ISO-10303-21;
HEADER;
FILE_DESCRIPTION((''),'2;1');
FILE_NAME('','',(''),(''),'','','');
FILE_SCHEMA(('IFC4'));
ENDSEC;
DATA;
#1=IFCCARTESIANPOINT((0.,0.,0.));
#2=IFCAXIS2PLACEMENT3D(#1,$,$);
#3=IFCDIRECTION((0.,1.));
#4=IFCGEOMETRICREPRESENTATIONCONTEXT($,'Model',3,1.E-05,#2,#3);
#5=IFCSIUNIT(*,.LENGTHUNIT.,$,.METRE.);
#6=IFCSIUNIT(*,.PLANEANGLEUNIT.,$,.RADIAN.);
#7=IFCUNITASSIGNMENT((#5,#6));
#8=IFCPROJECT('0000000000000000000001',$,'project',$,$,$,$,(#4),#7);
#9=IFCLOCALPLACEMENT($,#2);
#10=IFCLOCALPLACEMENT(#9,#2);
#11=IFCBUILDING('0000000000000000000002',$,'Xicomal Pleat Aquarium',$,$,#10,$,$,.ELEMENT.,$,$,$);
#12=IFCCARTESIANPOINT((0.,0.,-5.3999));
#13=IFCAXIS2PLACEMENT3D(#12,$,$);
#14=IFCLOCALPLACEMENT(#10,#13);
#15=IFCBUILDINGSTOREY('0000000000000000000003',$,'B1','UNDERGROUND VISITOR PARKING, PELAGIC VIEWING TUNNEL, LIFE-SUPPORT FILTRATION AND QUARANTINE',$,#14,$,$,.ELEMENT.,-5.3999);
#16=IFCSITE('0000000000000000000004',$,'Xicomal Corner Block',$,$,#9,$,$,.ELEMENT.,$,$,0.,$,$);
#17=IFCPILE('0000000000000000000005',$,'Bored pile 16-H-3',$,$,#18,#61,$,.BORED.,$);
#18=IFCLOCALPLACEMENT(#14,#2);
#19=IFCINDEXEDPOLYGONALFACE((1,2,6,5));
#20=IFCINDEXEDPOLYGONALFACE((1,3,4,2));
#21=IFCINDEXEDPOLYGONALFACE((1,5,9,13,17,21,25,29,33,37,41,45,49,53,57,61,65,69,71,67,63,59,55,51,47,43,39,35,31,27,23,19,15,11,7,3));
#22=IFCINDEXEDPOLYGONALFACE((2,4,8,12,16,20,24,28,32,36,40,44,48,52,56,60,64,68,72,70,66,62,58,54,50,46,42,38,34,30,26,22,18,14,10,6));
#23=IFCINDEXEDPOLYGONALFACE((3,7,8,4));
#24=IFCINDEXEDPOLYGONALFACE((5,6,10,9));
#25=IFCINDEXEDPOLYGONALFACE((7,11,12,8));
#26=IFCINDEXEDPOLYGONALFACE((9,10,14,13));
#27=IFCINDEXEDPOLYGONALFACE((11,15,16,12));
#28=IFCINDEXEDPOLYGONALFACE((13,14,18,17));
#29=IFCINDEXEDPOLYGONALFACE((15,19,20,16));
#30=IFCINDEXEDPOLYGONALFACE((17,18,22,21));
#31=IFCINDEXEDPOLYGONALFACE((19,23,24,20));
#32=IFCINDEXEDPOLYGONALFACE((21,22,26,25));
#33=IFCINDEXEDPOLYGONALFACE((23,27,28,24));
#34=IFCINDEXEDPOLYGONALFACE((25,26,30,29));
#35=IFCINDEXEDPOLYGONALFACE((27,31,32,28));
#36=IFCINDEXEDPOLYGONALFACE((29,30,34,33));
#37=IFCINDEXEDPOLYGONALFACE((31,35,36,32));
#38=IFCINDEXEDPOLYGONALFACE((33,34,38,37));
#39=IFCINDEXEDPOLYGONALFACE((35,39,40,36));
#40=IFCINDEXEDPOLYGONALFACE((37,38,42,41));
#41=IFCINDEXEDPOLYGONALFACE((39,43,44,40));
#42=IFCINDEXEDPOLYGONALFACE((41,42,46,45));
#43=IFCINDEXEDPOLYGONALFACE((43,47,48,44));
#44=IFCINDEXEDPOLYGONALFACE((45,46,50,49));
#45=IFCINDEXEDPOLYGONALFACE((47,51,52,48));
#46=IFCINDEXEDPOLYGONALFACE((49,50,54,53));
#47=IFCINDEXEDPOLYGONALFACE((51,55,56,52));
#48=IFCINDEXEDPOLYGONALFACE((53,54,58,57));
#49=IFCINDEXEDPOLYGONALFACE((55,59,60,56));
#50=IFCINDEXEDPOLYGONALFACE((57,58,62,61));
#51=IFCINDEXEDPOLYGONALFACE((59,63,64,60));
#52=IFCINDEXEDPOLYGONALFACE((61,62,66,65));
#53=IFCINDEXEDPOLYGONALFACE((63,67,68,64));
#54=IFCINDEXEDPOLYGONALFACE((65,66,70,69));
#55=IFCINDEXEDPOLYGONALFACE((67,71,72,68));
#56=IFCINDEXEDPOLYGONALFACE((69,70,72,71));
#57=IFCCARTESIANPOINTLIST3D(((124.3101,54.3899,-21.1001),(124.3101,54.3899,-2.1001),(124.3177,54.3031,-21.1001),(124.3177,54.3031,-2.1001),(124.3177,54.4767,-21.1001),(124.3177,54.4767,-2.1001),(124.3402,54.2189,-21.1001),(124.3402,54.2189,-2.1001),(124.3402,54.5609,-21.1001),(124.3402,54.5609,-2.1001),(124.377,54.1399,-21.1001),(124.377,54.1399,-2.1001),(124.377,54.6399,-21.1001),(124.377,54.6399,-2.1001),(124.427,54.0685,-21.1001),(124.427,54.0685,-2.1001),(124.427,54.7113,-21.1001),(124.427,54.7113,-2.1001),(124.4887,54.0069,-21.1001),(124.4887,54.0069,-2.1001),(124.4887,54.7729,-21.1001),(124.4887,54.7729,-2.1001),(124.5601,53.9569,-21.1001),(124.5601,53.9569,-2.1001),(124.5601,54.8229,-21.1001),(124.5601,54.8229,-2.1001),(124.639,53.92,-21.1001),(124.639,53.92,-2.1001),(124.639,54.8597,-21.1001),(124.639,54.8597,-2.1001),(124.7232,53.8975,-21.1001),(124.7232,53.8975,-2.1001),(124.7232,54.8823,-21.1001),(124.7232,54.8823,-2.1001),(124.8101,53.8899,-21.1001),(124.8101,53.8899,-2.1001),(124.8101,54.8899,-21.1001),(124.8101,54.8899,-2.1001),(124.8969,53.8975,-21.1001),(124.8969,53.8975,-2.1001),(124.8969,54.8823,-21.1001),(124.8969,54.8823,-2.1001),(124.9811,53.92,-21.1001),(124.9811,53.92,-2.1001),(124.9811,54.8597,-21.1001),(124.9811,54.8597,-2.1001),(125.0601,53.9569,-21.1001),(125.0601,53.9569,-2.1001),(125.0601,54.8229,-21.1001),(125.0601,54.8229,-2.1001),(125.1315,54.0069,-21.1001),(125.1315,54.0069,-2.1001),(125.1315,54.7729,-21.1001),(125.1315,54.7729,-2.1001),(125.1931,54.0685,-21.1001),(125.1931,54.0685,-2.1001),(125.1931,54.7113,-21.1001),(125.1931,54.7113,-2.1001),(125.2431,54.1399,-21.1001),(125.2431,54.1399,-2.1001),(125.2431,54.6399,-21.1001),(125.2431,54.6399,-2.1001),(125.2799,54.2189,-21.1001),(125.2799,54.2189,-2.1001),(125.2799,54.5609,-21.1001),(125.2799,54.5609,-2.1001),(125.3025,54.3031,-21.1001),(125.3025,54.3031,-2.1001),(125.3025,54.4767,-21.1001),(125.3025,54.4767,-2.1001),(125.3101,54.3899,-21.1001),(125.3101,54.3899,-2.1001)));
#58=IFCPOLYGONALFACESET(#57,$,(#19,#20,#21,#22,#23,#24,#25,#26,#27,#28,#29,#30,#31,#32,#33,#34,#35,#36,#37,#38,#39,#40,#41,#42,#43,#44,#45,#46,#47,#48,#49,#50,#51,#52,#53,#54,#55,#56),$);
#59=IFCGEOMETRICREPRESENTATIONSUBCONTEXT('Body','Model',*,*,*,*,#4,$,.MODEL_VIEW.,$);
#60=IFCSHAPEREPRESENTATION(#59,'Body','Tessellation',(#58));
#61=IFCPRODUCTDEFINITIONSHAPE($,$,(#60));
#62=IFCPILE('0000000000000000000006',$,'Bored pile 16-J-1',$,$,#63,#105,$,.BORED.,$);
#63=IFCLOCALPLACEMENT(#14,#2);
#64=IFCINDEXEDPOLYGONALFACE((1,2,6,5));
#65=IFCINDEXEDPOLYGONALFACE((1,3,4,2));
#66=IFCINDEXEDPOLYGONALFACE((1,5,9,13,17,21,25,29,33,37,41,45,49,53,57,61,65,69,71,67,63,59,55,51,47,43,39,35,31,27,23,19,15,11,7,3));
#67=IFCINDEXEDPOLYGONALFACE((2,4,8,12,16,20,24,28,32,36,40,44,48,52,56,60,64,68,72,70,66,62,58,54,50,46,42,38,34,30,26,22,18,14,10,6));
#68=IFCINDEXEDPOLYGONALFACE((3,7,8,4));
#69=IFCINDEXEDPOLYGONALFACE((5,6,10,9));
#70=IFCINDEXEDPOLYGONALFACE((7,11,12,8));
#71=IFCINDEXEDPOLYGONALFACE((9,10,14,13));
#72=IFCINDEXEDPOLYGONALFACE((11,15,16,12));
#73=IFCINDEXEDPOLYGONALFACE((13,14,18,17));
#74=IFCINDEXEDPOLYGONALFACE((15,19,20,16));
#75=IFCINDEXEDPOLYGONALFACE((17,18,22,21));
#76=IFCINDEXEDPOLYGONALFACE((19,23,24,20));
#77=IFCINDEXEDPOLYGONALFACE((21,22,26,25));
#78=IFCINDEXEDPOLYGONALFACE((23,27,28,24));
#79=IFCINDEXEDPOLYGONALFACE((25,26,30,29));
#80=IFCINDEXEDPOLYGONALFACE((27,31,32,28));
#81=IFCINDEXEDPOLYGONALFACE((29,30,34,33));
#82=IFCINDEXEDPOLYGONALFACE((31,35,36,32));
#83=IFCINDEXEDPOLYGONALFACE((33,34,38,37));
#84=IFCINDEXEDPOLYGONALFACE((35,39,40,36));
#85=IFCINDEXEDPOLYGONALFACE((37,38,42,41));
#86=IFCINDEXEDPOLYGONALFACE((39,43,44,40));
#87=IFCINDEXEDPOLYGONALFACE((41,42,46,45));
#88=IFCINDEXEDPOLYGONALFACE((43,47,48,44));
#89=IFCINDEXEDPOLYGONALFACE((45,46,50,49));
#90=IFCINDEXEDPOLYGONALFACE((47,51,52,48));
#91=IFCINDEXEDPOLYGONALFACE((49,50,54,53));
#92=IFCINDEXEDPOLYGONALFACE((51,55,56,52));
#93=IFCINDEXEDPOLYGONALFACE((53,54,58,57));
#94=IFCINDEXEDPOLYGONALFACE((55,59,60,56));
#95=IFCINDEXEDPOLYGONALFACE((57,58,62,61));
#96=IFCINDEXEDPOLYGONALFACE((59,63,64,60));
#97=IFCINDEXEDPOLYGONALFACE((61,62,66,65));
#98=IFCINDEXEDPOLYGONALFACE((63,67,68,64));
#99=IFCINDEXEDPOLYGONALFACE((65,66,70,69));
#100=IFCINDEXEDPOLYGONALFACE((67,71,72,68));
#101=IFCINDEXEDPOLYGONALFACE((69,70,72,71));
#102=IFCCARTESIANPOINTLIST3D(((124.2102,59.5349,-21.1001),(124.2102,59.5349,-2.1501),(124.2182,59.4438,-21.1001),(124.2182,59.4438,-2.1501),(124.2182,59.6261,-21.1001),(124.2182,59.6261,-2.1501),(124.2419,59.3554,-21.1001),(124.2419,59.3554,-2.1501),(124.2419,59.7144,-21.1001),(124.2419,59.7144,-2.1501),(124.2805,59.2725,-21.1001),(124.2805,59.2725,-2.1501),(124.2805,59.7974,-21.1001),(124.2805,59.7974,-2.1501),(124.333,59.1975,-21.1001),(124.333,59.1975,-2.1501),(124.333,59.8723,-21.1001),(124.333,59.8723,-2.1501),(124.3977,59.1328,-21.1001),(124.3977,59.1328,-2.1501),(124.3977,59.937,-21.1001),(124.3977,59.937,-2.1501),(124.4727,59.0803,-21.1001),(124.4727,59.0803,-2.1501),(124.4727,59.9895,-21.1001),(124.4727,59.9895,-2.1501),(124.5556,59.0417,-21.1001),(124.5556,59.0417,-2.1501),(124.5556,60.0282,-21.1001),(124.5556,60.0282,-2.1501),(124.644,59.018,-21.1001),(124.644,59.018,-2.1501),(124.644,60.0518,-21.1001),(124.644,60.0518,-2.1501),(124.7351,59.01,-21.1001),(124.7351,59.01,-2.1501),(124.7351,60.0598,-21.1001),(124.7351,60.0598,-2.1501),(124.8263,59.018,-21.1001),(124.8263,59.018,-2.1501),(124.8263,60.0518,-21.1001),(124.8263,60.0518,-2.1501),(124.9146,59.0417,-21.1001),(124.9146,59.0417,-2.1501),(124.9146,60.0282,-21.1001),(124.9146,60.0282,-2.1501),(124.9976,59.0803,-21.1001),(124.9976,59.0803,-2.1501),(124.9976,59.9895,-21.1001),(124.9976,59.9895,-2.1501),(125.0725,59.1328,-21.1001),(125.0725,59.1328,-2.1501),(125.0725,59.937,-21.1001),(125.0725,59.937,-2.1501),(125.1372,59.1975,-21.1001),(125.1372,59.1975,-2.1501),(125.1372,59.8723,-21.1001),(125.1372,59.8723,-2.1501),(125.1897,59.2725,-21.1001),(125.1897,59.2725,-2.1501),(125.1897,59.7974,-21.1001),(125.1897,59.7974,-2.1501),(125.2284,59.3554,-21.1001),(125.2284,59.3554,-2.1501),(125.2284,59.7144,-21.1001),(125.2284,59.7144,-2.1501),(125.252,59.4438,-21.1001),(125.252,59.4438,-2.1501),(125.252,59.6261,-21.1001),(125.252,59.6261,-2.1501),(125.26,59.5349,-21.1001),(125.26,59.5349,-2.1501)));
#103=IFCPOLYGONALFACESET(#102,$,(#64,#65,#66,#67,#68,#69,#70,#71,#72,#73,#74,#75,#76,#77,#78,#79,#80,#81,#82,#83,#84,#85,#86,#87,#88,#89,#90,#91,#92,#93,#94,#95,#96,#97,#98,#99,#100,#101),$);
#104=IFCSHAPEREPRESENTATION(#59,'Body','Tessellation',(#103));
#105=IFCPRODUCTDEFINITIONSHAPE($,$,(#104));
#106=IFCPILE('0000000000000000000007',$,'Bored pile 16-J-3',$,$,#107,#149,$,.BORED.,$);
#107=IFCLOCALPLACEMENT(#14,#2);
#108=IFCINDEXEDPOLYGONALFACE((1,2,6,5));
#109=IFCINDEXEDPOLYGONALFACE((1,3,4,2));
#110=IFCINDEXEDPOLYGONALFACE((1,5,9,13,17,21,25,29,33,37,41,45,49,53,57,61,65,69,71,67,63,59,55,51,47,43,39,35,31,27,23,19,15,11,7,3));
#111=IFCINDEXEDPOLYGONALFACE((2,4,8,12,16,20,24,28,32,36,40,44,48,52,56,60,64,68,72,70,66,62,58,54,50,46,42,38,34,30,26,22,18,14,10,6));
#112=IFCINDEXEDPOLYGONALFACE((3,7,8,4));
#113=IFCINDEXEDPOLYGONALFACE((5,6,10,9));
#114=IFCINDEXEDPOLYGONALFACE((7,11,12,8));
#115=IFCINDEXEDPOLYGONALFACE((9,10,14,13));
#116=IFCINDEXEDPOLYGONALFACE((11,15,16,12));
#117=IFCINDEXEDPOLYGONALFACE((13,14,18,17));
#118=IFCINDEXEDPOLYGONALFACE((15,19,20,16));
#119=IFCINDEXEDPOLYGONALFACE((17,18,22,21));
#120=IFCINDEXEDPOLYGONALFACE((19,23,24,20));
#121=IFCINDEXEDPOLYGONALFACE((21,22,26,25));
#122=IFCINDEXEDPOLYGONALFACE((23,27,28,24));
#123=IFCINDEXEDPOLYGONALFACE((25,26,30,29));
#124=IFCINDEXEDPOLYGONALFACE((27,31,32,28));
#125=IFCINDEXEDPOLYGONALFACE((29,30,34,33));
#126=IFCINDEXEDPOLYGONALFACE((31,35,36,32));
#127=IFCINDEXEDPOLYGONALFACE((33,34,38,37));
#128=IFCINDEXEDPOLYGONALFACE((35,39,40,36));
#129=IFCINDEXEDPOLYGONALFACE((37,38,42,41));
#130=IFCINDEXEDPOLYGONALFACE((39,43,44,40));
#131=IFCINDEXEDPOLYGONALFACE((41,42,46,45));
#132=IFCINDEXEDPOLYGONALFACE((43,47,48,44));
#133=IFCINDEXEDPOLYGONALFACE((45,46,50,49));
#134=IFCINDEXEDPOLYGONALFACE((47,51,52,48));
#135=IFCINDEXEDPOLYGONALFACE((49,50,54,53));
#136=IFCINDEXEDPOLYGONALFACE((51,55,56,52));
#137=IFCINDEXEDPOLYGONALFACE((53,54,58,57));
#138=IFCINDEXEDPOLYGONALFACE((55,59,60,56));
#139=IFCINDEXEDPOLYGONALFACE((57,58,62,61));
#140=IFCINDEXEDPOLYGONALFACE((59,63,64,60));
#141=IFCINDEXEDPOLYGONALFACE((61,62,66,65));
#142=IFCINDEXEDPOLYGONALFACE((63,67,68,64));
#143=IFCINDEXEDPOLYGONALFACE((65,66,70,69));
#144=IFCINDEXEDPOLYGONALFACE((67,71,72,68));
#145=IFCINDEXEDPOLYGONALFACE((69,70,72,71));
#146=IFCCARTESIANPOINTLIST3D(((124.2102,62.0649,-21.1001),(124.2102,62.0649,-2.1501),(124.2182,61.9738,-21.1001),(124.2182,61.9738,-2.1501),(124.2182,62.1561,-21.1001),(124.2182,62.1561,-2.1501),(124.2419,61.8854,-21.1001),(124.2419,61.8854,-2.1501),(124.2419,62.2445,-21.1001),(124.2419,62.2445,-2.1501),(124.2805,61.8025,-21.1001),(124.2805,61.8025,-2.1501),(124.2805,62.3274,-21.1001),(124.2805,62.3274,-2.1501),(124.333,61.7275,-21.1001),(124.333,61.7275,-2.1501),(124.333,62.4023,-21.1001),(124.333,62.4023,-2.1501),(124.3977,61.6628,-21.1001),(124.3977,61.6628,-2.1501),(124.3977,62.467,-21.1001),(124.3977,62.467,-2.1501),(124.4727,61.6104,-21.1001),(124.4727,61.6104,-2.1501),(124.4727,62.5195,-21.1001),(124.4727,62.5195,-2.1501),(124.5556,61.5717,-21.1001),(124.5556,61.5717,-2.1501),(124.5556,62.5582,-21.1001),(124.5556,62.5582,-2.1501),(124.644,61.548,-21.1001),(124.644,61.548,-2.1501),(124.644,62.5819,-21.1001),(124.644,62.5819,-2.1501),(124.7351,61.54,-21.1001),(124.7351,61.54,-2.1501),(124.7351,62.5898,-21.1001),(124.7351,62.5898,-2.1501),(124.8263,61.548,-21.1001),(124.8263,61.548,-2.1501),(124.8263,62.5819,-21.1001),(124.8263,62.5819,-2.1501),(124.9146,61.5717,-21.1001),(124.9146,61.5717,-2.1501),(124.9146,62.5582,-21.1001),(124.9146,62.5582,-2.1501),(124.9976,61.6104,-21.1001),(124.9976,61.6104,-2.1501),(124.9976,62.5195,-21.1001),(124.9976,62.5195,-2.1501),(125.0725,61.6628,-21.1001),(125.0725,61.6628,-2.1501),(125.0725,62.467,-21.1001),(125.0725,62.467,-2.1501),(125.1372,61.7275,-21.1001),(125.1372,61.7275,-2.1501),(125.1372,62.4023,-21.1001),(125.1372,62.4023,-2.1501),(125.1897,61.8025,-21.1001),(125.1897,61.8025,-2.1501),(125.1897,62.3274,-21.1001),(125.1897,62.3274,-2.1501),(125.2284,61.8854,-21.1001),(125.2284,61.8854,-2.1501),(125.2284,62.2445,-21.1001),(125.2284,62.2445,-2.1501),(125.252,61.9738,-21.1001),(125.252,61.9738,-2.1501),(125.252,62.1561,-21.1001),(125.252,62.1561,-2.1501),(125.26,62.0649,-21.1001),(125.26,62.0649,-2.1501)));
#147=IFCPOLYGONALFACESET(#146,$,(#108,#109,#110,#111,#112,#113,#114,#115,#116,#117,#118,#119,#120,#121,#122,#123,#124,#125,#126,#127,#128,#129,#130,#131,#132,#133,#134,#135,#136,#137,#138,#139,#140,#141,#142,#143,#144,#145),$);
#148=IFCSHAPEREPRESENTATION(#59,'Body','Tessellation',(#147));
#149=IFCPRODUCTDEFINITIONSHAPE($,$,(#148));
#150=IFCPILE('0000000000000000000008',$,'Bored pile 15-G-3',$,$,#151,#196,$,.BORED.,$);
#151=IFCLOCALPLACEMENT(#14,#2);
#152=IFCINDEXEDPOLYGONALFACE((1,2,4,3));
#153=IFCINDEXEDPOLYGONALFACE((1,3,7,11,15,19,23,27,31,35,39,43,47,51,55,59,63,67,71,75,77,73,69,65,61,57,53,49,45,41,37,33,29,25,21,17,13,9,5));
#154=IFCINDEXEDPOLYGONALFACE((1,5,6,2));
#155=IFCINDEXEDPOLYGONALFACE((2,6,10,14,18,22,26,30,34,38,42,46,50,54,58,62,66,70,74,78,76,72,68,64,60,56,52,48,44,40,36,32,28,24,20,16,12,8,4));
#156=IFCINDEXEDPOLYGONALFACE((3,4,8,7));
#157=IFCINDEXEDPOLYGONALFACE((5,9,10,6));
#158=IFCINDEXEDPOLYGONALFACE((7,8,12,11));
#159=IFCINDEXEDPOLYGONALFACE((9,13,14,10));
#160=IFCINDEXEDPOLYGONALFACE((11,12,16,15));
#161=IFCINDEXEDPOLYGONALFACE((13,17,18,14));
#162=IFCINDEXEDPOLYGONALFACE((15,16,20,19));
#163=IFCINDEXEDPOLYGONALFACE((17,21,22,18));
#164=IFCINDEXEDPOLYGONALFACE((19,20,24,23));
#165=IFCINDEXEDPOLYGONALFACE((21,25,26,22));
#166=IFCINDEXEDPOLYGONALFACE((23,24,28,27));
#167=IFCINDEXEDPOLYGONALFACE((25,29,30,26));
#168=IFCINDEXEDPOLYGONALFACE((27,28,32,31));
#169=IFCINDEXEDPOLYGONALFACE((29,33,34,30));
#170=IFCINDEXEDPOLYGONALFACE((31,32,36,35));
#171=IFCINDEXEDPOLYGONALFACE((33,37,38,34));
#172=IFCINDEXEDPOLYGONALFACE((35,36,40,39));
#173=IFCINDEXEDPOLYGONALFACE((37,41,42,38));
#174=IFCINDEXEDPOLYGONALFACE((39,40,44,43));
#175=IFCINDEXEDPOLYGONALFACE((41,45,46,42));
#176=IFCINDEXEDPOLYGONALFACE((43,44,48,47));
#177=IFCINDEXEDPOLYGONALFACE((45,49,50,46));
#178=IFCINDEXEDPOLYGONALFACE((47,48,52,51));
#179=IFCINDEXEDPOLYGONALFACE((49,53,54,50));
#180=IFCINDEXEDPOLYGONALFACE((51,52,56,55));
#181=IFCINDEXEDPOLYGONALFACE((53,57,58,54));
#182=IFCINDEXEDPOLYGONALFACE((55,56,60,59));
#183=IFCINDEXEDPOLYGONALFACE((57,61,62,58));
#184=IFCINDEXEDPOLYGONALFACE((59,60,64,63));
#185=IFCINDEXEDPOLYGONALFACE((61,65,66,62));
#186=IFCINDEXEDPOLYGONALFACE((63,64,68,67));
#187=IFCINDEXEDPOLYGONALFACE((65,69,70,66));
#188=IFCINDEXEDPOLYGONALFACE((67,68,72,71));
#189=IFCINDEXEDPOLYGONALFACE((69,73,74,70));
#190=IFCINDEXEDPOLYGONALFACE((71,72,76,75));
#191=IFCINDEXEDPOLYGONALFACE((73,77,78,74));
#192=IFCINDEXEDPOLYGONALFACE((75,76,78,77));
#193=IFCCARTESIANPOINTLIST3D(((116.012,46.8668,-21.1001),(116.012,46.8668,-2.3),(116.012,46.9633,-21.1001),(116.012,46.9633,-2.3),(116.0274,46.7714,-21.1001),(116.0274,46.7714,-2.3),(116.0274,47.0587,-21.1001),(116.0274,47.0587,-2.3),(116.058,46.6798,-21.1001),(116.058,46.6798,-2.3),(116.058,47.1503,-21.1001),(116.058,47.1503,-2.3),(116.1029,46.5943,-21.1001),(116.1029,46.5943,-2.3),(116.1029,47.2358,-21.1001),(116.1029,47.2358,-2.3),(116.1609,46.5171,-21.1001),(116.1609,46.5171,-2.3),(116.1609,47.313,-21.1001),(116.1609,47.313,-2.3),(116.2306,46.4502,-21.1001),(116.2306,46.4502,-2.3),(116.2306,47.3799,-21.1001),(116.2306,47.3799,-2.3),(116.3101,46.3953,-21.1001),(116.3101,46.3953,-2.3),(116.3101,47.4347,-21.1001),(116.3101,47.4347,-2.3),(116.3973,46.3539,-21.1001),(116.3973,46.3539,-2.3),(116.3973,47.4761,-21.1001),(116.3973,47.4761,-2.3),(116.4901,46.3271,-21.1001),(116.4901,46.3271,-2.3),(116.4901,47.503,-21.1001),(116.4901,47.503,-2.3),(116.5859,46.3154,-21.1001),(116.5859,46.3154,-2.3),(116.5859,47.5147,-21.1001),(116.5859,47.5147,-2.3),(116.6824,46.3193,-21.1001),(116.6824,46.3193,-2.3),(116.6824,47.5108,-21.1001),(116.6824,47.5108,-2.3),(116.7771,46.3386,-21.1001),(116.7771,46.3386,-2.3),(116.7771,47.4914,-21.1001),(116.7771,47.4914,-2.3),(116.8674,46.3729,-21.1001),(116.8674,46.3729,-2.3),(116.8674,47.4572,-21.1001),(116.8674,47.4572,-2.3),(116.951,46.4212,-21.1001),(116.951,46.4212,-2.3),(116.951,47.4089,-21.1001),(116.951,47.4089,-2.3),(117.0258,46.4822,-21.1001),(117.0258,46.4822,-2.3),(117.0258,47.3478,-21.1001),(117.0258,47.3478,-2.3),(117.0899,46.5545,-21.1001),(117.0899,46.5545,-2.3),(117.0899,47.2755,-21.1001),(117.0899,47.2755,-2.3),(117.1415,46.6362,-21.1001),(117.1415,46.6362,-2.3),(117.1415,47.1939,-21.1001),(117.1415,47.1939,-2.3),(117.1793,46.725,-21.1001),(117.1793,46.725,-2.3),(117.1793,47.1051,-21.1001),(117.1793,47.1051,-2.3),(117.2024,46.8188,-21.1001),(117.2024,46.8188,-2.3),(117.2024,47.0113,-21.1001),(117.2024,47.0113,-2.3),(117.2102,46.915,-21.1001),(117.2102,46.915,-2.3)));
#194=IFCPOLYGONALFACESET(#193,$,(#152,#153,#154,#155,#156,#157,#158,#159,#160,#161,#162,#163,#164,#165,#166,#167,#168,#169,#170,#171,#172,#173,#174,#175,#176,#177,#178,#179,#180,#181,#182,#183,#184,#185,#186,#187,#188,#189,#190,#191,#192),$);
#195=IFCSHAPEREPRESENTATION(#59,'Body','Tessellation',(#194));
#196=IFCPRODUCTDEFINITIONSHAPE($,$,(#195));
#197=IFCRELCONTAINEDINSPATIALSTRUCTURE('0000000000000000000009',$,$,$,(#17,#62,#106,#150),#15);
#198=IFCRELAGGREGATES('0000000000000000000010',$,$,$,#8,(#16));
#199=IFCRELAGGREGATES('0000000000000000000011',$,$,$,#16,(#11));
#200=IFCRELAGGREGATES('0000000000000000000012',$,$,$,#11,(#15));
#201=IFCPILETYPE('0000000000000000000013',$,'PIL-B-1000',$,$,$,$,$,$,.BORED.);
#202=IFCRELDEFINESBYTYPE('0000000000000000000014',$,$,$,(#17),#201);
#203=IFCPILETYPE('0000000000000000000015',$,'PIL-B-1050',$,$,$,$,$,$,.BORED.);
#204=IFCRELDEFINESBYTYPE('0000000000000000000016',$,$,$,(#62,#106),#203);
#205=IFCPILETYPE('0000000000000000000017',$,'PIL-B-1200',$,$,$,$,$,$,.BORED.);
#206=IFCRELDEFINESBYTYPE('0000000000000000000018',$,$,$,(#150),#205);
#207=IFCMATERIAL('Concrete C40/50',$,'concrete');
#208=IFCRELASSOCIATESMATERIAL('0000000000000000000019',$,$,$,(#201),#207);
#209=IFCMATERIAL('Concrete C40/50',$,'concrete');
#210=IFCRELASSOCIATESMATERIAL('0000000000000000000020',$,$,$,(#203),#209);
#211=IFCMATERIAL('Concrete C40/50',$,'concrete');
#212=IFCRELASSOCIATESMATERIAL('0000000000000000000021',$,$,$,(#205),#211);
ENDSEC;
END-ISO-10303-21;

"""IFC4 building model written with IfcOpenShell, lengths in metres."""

from ifc_helpers import new_model, si_unit, direction, frame, origin, origin_2d, place, context, subcontext, project, spatial, circle, extrude, material, material_profile, profile_set, type_object, element, save


model = new_model("IFC4")

# Units and contexts
model_context = context("Model", 3, precision=1e-05, world=origin(), true_north=direction((0.0, 1.0)))
body_context = subcontext(model_context, "Body", "Model", "MODEL_VIEW")
ifc_project = project(units=[si_unit("LENGTHUNIT", "METRE"), si_unit("PLANEANGLEUNIT", "RADIAN")], contexts=[model_context])

# Site, building, storey
site_placement = place(None, origin())
site = spatial("IfcSite", under=ifc_project, at=site_placement, Name="Xicomal Corner Block", CompositionType="ELEMENT", RefElevation=0.0)
building_placement = place(site_placement, origin())
building = spatial("IfcBuilding", under=site, at=building_placement, Name="Xicomal Pleat Aquarium", CompositionType="ELEMENT")
storey_placement = place(building_placement, frame((0.0, 0.0, -5.3999)))
storey = spatial("IfcBuildingStorey", under=building, at=storey_placement, Name="B1", Description="UNDERGROUND VISITOR PARKING, PELAGIC VIEWING TUNNEL, LIFE-SUPPORT FILTRATION AND QUARANTINE", CompositionType="ELEMENT", Elevation=-5.3999)

# Piles
ifc_material_1 = material(Name="Concrete C40/50", Category="concrete")
ifc_material_profile_1 = material_profile(ifc_material_1, circle(Radius=0.5, at=origin_2d()), Name="BORED PILE D1000")
ifc_profile_set_1 = profile_set([ifc_material_profile_1], Name="Concrete C40/50")
pile_type_1 = type_object("IfcPileType", Name="PIL-B-1000", PredefinedType="BORED", material=ifc_profile_set_1)
for number, where, z_axis, x_axis, name in (
    (1, (124.8101, 54.3899, -2.1001), (0.0, 0.0, -1.0), (1.0, 0.0, 0.0), "Bored pile 16-H-3"),
):
    element("IfcPile", number, at=place(storey_placement, frame(where, z_axis=z_axis, x_axis=x_axis)), inside=storey, type_object=pile_type_1, Name=name, PredefinedType="BORED", context=body_context, shape_type="SweptSolid", body=[
        extrude(circle(Radius=0.5, at=origin_2d()), origin(), (0.0, 0.0, 1.0), 19.0),
    ])
ifc_material_2 = material(Name="Concrete C40/50", Category="concrete")
ifc_material_profile_2 = material_profile(ifc_material_2, circle(Radius=0.5249, at=origin_2d()), Name="BORED PILE D1050")
ifc_profile_set_2 = profile_set([ifc_material_profile_2], Name="Concrete C40/50")
pile_type_2 = type_object("IfcPileType", Name="PIL-B-1050", PredefinedType="BORED", material=ifc_profile_set_2)
for number, where, z_axis, x_axis, name in (
    (2, (124.7351, 59.5349, -2.1501), (0.0, 0.0, -1.0), (1.0, 0.0, 0.0), "Bored pile 16-J-1"),
    (3, (124.7351, 62.0649, -2.1501), (0.0, 0.0, -1.0), (1.0, 0.0, 0.0), "Bored pile 16-J-3"),
):
    element("IfcPile", number, at=place(storey_placement, frame(where, z_axis=z_axis, x_axis=x_axis)), inside=storey, type_object=pile_type_2, Name=name, PredefinedType="BORED", context=body_context, shape_type="SweptSolid", body=[
        extrude(circle(Radius=0.5249, at=origin_2d()), origin(), (0.0, 0.0, 1.0), 18.95),
    ])
ifc_material_3 = material(Name="Concrete C40/50", Category="concrete")
ifc_material_profile_3 = material_profile(ifc_material_3, circle(Radius=0.6001, at=origin_2d()), Name="BORED PILE D1200")
ifc_profile_set_3 = profile_set([ifc_material_profile_3], Name="Concrete C40/50")
pile_type_3 = type_object("IfcPileType", Name="PIL-B-1200", PredefinedType="BORED", material=ifc_profile_set_3)
for number, where, z_axis, x_axis, name in (
    (4, (116.6101, 46.915, -2.3), (0.0, 0.0, -1.0), (1.0, 0.0, 0.0), "Bored pile 15-G-3"),
):
    element("IfcPile", number, at=place(storey_placement, frame(where, z_axis=z_axis, x_axis=x_axis)), inside=storey, type_object=pile_type_3, Name=name, PredefinedType="BORED", context=body_context, shape_type="SweptSolid", body=[
        extrude(circle(Radius=0.6001, at=origin_2d()), origin(), (0.0, 0.0, 1.0), 18.8),
    ])

save(model, "model.ifc")
